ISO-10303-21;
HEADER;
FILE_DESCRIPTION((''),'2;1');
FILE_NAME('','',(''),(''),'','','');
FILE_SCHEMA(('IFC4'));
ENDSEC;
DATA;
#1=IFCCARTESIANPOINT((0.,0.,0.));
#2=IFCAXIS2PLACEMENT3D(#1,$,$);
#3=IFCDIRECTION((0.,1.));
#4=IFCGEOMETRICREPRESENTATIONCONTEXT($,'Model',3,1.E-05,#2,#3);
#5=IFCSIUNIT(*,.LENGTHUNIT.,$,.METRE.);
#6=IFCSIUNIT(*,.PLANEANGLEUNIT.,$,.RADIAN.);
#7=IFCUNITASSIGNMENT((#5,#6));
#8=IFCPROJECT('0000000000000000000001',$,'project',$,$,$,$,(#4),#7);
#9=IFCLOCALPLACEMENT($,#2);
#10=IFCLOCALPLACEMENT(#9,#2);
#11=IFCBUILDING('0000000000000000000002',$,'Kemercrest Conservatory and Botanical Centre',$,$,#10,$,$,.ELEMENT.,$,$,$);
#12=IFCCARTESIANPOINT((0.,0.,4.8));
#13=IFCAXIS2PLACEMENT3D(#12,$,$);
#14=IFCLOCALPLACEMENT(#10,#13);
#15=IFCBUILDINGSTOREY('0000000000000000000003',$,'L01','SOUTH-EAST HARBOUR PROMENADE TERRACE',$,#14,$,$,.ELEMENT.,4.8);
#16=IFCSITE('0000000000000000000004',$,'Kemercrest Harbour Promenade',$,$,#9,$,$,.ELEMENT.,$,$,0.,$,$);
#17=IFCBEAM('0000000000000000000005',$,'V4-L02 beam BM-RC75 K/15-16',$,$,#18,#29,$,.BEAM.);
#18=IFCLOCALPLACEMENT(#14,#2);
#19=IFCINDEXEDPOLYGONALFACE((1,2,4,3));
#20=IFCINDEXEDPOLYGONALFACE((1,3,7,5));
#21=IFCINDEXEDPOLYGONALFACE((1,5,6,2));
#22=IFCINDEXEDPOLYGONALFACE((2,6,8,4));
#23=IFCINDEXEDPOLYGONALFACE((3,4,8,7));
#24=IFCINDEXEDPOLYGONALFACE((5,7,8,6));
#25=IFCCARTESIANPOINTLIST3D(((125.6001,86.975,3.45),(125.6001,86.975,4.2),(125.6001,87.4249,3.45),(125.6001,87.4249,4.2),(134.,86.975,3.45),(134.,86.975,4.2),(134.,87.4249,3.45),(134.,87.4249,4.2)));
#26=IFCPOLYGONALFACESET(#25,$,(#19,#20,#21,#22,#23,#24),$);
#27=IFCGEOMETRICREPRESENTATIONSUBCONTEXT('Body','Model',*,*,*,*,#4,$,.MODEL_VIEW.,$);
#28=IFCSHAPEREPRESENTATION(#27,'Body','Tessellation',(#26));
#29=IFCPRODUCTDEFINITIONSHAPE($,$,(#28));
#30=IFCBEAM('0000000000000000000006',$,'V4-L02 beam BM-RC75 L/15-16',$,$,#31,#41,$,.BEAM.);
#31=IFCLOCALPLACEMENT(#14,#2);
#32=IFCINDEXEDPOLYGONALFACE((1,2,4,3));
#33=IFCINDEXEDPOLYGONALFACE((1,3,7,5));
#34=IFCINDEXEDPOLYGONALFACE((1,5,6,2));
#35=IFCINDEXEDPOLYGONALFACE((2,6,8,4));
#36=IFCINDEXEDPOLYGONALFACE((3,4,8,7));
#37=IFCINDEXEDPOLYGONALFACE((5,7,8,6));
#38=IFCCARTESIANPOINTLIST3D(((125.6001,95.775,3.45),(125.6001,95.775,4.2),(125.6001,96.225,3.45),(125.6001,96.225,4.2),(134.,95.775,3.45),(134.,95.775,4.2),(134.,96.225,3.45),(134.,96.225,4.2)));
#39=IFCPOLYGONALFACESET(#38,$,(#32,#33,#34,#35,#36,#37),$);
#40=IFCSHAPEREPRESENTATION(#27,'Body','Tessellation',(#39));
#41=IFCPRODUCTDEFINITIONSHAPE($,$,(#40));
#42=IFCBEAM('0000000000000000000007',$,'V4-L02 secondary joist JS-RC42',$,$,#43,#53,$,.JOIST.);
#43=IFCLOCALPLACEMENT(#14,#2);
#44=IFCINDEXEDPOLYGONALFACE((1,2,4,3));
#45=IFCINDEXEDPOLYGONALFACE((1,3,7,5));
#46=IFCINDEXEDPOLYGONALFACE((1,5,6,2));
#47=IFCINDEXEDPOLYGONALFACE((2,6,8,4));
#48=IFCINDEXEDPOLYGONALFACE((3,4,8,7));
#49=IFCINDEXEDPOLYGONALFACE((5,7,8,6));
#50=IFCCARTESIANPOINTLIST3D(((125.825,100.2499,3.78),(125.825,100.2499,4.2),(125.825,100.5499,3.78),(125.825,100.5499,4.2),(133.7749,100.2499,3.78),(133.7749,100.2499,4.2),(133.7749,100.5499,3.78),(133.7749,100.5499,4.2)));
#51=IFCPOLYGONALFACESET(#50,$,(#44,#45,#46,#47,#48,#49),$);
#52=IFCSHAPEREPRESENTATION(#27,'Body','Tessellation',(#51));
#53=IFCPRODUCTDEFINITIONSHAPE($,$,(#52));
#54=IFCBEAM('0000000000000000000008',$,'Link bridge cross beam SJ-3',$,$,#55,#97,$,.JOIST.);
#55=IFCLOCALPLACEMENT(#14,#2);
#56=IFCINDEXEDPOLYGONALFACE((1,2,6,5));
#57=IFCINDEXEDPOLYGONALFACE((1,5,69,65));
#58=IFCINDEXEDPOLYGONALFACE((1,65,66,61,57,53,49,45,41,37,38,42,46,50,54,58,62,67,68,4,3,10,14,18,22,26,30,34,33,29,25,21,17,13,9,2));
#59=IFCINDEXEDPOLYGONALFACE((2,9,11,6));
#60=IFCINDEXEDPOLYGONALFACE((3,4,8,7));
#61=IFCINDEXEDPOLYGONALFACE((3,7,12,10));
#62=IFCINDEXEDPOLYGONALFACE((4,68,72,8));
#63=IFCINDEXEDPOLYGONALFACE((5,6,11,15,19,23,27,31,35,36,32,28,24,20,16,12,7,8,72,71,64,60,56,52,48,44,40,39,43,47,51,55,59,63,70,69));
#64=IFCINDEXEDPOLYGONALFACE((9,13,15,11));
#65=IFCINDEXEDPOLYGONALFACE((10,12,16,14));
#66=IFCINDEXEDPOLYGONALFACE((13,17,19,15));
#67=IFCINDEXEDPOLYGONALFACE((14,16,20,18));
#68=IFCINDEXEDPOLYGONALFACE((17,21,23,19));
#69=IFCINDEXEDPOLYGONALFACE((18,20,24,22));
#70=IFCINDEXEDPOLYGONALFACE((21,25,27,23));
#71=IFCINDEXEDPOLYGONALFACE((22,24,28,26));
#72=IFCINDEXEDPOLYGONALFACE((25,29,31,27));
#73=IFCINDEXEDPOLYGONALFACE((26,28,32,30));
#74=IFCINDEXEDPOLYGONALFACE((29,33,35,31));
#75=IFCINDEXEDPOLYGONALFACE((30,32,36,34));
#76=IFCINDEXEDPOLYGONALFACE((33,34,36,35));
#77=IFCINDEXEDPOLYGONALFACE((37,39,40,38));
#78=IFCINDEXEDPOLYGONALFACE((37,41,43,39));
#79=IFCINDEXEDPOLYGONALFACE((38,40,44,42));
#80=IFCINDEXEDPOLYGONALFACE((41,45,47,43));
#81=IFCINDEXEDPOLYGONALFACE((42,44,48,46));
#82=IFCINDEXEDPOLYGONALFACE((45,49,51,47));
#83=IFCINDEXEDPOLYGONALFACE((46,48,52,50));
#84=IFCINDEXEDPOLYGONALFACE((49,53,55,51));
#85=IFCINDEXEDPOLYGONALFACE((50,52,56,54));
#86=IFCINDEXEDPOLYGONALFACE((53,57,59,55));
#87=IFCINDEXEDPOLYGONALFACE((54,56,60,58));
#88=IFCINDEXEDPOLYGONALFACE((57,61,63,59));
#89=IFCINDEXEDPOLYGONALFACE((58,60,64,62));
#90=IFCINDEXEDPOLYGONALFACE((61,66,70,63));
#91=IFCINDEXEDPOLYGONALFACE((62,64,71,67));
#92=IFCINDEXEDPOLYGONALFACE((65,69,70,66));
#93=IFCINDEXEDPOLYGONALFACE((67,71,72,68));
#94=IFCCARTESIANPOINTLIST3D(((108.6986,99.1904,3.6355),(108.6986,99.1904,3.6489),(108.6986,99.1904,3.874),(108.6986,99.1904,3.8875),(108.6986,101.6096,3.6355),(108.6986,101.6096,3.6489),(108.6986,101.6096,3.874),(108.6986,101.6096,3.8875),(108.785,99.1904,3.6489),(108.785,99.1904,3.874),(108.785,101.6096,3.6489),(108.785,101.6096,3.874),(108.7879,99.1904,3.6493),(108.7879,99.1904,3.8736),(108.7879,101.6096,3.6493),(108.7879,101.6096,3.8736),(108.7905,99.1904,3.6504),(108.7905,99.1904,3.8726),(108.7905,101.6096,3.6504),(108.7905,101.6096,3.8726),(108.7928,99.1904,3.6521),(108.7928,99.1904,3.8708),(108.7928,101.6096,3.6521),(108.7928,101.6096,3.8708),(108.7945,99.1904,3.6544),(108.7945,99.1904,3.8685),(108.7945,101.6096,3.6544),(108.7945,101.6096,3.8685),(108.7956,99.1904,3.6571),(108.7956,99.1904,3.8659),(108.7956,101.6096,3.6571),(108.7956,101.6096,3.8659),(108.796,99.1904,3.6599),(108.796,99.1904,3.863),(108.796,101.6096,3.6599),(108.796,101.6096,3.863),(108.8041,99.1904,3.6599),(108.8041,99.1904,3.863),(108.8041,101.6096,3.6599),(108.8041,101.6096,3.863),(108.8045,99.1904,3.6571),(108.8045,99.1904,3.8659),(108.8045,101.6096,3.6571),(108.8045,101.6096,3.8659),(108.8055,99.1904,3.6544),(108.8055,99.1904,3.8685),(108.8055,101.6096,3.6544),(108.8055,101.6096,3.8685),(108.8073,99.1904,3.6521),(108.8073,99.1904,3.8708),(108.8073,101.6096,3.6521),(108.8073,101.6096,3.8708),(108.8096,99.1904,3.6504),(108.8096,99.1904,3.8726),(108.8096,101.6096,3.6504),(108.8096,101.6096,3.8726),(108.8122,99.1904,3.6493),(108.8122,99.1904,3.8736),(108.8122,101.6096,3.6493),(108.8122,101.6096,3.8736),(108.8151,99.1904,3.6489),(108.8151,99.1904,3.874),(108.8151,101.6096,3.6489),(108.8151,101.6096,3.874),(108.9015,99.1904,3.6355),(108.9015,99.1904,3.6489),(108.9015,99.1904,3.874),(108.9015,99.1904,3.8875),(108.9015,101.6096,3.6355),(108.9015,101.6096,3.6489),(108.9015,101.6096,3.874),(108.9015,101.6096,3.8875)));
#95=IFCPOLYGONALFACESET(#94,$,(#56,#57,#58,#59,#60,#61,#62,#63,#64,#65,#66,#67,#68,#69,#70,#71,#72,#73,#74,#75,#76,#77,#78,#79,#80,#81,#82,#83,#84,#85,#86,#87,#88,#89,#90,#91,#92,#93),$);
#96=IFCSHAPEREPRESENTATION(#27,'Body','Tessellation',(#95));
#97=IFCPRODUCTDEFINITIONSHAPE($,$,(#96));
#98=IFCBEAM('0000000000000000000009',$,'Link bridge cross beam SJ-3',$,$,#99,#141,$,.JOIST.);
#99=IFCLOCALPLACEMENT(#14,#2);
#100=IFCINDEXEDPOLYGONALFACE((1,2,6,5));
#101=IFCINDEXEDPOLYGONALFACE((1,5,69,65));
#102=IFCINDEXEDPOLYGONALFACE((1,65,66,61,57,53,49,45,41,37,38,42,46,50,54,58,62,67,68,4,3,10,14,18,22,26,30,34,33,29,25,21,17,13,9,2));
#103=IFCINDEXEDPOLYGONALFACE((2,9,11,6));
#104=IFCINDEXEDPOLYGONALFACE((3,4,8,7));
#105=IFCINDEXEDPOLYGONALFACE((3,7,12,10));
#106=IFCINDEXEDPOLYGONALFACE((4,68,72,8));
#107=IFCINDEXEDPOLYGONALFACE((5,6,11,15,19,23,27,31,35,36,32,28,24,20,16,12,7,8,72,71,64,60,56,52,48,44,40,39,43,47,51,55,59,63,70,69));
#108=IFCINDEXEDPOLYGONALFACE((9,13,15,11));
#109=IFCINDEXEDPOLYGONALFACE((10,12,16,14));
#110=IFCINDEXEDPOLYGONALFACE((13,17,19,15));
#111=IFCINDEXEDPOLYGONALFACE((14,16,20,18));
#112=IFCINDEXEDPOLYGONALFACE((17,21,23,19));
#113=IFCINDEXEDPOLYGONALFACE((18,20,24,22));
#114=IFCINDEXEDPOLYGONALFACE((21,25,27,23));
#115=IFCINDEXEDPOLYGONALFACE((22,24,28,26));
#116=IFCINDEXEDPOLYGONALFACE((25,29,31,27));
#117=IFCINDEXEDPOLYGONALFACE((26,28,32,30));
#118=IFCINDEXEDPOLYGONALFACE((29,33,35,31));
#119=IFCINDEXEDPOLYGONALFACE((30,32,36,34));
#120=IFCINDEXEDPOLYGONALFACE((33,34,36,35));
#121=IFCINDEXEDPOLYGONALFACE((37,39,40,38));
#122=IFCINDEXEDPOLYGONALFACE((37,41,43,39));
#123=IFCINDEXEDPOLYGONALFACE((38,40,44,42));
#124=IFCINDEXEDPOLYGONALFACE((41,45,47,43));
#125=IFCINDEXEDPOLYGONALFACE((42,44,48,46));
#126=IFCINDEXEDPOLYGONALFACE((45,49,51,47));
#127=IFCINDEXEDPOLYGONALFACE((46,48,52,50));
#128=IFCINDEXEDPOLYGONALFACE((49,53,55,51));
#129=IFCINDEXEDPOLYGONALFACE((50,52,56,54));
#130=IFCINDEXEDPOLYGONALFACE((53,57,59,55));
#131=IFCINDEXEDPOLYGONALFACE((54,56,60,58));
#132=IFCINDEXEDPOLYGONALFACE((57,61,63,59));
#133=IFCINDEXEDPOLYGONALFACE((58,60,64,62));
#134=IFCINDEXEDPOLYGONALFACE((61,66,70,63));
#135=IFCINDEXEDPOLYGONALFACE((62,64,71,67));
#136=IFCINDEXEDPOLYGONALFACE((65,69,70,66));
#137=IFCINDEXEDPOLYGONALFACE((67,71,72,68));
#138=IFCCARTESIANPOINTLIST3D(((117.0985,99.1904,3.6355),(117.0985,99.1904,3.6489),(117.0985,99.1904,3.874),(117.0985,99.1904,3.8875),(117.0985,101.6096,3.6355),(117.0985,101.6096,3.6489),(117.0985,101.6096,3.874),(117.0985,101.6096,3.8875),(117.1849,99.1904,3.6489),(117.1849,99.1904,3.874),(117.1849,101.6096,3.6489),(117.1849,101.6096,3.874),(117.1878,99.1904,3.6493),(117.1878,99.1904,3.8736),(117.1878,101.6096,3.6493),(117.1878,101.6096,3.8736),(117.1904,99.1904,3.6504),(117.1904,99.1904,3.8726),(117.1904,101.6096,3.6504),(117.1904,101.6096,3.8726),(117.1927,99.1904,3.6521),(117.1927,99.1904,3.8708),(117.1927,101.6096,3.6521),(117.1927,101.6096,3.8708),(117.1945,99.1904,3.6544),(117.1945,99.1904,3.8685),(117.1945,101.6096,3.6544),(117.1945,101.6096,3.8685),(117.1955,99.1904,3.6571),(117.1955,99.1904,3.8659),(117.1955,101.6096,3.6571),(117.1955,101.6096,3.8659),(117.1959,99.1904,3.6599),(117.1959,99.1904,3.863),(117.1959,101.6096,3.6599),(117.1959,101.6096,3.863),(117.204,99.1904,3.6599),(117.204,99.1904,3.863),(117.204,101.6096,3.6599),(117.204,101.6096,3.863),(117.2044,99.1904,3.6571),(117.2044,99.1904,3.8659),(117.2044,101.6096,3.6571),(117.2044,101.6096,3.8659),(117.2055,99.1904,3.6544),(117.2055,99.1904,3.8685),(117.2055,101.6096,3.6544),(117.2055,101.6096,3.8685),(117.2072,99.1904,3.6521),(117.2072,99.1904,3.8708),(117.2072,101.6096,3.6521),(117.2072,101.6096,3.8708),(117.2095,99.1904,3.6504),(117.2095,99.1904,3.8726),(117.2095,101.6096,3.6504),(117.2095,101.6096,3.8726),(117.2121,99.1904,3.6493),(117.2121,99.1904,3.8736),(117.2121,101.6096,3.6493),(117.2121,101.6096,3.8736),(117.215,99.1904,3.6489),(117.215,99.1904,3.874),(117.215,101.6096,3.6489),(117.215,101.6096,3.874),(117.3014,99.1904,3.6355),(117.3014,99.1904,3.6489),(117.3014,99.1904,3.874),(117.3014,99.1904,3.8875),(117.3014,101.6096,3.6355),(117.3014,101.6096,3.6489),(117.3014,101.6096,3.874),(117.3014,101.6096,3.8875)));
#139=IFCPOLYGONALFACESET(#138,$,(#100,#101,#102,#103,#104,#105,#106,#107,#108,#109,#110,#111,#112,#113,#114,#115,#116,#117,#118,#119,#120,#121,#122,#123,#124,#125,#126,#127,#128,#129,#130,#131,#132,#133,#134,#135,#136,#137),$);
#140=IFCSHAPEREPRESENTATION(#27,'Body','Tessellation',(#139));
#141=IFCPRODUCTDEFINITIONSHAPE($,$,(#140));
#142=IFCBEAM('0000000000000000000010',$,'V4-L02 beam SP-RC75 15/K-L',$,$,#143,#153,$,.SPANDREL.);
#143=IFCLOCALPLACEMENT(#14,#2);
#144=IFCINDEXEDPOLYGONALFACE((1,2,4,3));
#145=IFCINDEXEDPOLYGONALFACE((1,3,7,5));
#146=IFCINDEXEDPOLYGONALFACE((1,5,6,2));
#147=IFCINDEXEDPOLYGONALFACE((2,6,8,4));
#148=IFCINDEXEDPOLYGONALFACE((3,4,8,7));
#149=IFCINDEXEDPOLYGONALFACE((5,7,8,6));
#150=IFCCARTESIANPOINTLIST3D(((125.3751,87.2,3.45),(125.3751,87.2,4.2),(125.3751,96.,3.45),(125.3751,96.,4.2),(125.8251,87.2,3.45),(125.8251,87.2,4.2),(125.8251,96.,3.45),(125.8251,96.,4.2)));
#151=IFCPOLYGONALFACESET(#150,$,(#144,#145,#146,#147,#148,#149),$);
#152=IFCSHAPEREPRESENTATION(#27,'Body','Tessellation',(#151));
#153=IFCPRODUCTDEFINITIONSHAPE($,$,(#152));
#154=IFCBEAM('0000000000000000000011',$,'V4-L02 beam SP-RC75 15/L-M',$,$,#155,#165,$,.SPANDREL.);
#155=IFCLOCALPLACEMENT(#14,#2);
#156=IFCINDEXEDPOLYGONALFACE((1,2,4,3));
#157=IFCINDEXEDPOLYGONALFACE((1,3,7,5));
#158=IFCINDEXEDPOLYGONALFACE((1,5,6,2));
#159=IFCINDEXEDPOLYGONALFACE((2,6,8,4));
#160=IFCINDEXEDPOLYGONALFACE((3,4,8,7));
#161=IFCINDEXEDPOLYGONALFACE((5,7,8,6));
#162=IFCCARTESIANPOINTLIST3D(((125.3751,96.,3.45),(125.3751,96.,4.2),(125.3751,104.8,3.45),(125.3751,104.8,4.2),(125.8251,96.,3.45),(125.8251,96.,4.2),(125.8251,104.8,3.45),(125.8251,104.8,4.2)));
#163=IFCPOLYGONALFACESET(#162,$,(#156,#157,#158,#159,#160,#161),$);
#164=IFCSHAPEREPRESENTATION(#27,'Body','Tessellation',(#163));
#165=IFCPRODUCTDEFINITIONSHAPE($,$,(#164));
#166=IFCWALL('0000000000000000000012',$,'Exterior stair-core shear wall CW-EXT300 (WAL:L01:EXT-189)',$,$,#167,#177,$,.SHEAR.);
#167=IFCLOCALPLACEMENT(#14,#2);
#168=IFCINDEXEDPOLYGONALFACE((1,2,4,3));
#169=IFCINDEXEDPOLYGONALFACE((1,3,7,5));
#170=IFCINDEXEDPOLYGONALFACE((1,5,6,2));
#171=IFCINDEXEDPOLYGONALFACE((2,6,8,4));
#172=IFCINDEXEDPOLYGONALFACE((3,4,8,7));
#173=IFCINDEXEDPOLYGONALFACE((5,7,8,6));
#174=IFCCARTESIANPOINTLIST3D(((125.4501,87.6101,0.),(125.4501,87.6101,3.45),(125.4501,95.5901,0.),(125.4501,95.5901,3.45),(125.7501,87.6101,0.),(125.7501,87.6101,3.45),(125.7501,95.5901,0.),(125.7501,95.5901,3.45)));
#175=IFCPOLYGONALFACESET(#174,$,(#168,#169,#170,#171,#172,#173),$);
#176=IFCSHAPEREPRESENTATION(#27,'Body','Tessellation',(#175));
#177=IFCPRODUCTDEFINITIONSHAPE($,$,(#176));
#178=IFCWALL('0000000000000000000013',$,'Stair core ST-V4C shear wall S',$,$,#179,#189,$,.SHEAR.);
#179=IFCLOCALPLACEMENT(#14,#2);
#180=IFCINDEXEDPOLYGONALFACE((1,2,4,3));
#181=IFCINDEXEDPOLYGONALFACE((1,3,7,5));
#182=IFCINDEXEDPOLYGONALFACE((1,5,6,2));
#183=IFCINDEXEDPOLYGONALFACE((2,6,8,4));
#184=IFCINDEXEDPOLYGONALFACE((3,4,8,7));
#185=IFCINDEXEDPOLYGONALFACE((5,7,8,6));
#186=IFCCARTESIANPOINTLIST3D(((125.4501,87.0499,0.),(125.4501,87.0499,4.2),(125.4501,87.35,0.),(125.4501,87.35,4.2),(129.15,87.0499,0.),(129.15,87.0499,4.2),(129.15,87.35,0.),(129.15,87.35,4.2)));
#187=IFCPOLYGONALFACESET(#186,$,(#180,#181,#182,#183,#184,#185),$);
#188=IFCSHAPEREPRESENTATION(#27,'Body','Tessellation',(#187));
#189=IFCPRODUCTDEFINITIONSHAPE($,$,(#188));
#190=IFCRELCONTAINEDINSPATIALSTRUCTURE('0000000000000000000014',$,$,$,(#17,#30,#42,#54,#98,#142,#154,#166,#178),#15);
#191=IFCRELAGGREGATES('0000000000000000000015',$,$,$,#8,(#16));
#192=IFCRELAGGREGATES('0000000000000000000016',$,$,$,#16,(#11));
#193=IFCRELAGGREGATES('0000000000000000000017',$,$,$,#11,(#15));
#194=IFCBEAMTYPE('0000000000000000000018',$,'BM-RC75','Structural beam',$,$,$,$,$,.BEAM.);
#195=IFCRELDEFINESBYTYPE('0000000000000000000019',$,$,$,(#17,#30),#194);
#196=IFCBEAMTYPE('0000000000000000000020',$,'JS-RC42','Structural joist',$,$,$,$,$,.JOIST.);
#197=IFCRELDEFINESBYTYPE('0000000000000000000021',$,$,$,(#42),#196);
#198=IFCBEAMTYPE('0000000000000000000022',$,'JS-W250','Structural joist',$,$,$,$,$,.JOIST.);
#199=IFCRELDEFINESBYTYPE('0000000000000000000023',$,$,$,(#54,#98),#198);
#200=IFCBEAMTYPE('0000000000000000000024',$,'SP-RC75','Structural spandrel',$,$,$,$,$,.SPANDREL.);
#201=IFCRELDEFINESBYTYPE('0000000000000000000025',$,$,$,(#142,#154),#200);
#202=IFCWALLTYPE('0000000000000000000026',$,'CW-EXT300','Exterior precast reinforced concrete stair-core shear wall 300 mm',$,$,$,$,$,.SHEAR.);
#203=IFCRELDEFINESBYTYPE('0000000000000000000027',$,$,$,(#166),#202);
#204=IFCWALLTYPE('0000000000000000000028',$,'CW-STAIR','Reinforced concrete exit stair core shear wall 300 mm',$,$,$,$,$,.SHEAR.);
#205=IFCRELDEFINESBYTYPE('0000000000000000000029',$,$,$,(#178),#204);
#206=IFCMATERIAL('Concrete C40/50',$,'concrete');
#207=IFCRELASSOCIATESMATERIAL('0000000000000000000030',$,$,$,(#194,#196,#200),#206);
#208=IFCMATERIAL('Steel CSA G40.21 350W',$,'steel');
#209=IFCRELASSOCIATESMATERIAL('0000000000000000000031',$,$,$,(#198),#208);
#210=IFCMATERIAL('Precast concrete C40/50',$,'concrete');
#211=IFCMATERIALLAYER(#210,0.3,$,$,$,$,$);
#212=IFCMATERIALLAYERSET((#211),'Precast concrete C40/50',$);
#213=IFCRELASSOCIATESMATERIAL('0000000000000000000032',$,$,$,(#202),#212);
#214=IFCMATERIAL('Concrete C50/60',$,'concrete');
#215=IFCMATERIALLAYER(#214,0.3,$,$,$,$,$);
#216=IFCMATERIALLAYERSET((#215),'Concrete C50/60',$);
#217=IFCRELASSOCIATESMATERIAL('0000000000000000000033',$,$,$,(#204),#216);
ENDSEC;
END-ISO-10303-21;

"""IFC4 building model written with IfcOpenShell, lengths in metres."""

from ifc_helpers import new_model, si_unit, direction, frame, frame_2d, origin, origin_2d, place, context, subcontext, project, spatial, rectangle, i_section, extrude, material, layer, layer_set, material_profile, profile_set, type_object, element, save


model = new_model("IFC4")

# Units and contexts
model_context = context("Model", 3, precision=1e-05, world=origin(), true_north=direction((0.0, 1.0)))
body_context = subcontext(model_context, "Body", "Model", "MODEL_VIEW")
ifc_project = project(units=[si_unit("LENGTHUNIT", "METRE"), si_unit("PLANEANGLEUNIT", "RADIAN")], contexts=[model_context])

# Site, building, storey
site_placement = place(None, origin())
site = spatial("IfcSite", under=ifc_project, at=site_placement, Name="Kemercrest Harbour Promenade", CompositionType="ELEMENT", RefElevation=0.0)
building_placement = place(site_placement, origin())
building = spatial("IfcBuilding", under=site, at=building_placement, Name="Kemercrest Conservatory and Botanical Centre", CompositionType="ELEMENT")
storey_placement = place(building_placement, frame((0.0, 0.0, 4.8)))
storey = spatial("IfcBuildingStorey", under=building, at=storey_placement, Name="L01", Description="SOUTH-EAST HARBOUR PROMENADE TERRACE", CompositionType="ELEMENT", Elevation=4.8)

# Shared definitions
ifc_material_1 = material(Name="Concrete C40/50", Category="concrete")
ifc_material_2 = material(Name="Concrete C50/60", Category="concrete")
ifc_material_3 = material(Name="Steel CSA G40.21 350W", Category="steel")

# Beams
ifc_material_profile_1 = material_profile(ifc_material_1, rectangle(XDim=0.45, YDim=0.75, at=origin_2d()), Name="RC 450x750")
ifc_profile_set_1 = profile_set([ifc_material_profile_1], Name="Concrete C40/50")
beam_type_1 = type_object("IfcBeamType", Name="BM-RC75", Description="Structural beam", PredefinedType="BEAM", material=ifc_profile_set_1)
for number, where, z_axis, x_axis, name in (
    (1, (125.6001, 87.2, 3.825), (1.0, 0.0, 0.0), (0.0, 1.0, 0.0), "V4-L02 beam BM-RC75 K/15-16"),
    (2, (125.6001, 96.0, 3.825), (1.0, 0.0, 0.0), (0.0, 1.0, 0.0), "V4-L02 beam BM-RC75 L/15-16"),
):
    element("IfcBeam", number, at=place(storey_placement, frame(where, z_axis=z_axis, x_axis=x_axis)), inside=storey, type_object=beam_type_1, Name=name, PredefinedType="BEAM", context=body_context, shape_type="SweptSolid", body=[
        extrude(rectangle(XDim=0.45, YDim=0.75, at=origin_2d()), origin(), (0.0, 0.0, 1.0), 8.3999),
    ])
ifc_material_profile_2 = material_profile(ifc_material_1, rectangle(XDim=0.3, YDim=0.4199, at=origin_2d()), Name="RC 300x420")
ifc_profile_set_2 = profile_set([ifc_material_profile_2], Name="Concrete C40/50")
beam_type_2 = type_object("IfcBeamType", Name="JS-RC42", Description="Structural joist", PredefinedType="JOIST", material=ifc_profile_set_2)
beam_1_placement = place(storey_placement, frame((125.825, 100.3999, 3.99), z_axis=(1.0, 0.0, 0.0), x_axis=(0.0, 1.0, 0.0)))
element("IfcBeam", 3, at=beam_1_placement, inside=storey, type_object=beam_type_2, Name="V4-L02 secondary joist JS-RC42", PredefinedType="JOIST", context=body_context, shape_type="SweptSolid", body=[
    extrude(rectangle(XDim=0.3, YDim=0.4199, at=origin_2d()), origin(), (0.0, 0.0, 1.0), 7.95),
])
ifc_material_profile_3 = material_profile(ifc_material_3, i_section(OverallWidth=0.2029, OverallDepth=0.252, WebThickness=0.0081, FlangeThickness=0.0134, FilletRadius=0.011, at=origin_2d()), Name="W250X58")
ifc_profile_set_3 = profile_set([ifc_material_profile_3], Name="Steel CSA G40.21 350W")
beam_type_3 = type_object("IfcBeamType", Name="JS-W250", Description="Structural joist", PredefinedType="JOIST", material=ifc_profile_set_3)
for number, where, z_axis, x_axis, name in (
    (4, (108.8, 99.1904, 3.7615), (0.0, 1.0, 0.0), (-1.0, 0.0, 0.0), "Link bridge cross beam SJ-3"),
    (5, (117.2, 99.1904, 3.7615), (0.0, 1.0, 0.0), (-1.0, 0.0, 0.0), "Link bridge cross beam SJ-3"),
):
    element("IfcBeam", number, at=place(storey_placement, frame(where, z_axis=z_axis, x_axis=x_axis)), inside=storey, type_object=beam_type_3, Name=name, PredefinedType="JOIST", context=body_context, shape_type="SweptSolid", body=[
        extrude(i_section(OverallWidth=0.2029, OverallDepth=0.252, WebThickness=0.0081, FlangeThickness=0.0134, FilletRadius=0.011, at=origin_2d()), origin(), (0.0, 0.0, 1.0), 2.4192),
    ])
ifc_material_profile_4 = material_profile(ifc_material_1, rectangle(XDim=0.45, YDim=0.75, at=origin_2d()), Name="RC 450x750")
ifc_profile_set_4 = profile_set([ifc_material_profile_4], Name="Concrete C40/50")
beam_type_4 = type_object("IfcBeamType", Name="SP-RC75", Description="Structural spandrel", PredefinedType="SPANDREL", material=ifc_profile_set_4)
for number, where, z_axis, x_axis, name in (
    (6, (125.6001, 87.2, 3.825), (0.0, 1.0, 0.0), (-1.0, 0.0, 0.0), "V4-L02 beam SP-RC75 15/K-L"),
    (7, (125.6001, 96.0, 3.825), (0.0, 1.0, 0.0), (-1.0, 0.0, 0.0), "V4-L02 beam SP-RC75 15/L-M"),
):
    element("IfcBeam", number, at=place(storey_placement, frame(where, z_axis=z_axis, x_axis=x_axis)), inside=storey, type_object=beam_type_4, Name=name, PredefinedType="SPANDREL", context=body_context, shape_type="SweptSolid", body=[
        extrude(rectangle(XDim=0.45, YDim=0.75, at=origin_2d()), origin(), (0.0, 0.0, 1.0), 8.8),
    ])

# Walls
ifc_material_4 = material(Name="Precast concrete C40/50", Category="concrete")
ifc_layer_1 = layer(ifc_material_4, 0.3)
ifc_layer_set_1 = layer_set([ifc_layer_1], Name="Precast concrete C40/50")
wall_type_1 = type_object("IfcWallType", Name="CW-EXT300", Description="Exterior precast reinforced concrete stair-core shear wall 300 mm", PredefinedType="SHEAR", material=ifc_layer_set_1)
wall_1_placement = place(storey_placement, frame((125.6001, 95.5901, 0.0), z_axis=(0.0, 0.0, 1.0), x_axis=(0.0, -1.0, 0.0)))
element("IfcWall", 8, at=wall_1_placement, inside=storey, type_object=wall_type_1, Name="Exterior stair-core shear wall CW-EXT300 (WAL:L01:EXT-189)", PredefinedType="SHEAR", context=body_context, shape_type="SweptSolid", body=[
    extrude(rectangle(XDim=7.98, YDim=0.3, at=frame_2d((3.99, 0.0))), origin(), (0.0, 0.0, 1.0), 3.45),
])
ifc_layer_2 = layer(ifc_material_2, 0.3)
ifc_layer_set_2 = layer_set([ifc_layer_2], Name="Concrete C50/60")
wall_type_2 = type_object("IfcWallType", Name="CW-STAIR", Description="Reinforced concrete exit stair core shear wall 300 mm", PredefinedType="SHEAR", material=ifc_layer_set_2)
wall_2_placement = place(storey_placement, frame((125.45, 87.2, 0.0), z_axis=(0.0, 0.0, 1.0), x_axis=(1.0, 0.0, 0.0)))
element("IfcWall", 9, at=wall_2_placement, inside=storey, type_object=wall_type_2, Name="Stair core ST-V4C shear wall S", PredefinedType="SHEAR", context=body_context, shape_type="SweptSolid", body=[
    extrude(rectangle(XDim=3.7, YDim=0.3, at=frame_2d((1.8501, 0.0))), origin(), (0.0, 0.0, 1.0), 4.2),
])

save(model, "model.ifc")
